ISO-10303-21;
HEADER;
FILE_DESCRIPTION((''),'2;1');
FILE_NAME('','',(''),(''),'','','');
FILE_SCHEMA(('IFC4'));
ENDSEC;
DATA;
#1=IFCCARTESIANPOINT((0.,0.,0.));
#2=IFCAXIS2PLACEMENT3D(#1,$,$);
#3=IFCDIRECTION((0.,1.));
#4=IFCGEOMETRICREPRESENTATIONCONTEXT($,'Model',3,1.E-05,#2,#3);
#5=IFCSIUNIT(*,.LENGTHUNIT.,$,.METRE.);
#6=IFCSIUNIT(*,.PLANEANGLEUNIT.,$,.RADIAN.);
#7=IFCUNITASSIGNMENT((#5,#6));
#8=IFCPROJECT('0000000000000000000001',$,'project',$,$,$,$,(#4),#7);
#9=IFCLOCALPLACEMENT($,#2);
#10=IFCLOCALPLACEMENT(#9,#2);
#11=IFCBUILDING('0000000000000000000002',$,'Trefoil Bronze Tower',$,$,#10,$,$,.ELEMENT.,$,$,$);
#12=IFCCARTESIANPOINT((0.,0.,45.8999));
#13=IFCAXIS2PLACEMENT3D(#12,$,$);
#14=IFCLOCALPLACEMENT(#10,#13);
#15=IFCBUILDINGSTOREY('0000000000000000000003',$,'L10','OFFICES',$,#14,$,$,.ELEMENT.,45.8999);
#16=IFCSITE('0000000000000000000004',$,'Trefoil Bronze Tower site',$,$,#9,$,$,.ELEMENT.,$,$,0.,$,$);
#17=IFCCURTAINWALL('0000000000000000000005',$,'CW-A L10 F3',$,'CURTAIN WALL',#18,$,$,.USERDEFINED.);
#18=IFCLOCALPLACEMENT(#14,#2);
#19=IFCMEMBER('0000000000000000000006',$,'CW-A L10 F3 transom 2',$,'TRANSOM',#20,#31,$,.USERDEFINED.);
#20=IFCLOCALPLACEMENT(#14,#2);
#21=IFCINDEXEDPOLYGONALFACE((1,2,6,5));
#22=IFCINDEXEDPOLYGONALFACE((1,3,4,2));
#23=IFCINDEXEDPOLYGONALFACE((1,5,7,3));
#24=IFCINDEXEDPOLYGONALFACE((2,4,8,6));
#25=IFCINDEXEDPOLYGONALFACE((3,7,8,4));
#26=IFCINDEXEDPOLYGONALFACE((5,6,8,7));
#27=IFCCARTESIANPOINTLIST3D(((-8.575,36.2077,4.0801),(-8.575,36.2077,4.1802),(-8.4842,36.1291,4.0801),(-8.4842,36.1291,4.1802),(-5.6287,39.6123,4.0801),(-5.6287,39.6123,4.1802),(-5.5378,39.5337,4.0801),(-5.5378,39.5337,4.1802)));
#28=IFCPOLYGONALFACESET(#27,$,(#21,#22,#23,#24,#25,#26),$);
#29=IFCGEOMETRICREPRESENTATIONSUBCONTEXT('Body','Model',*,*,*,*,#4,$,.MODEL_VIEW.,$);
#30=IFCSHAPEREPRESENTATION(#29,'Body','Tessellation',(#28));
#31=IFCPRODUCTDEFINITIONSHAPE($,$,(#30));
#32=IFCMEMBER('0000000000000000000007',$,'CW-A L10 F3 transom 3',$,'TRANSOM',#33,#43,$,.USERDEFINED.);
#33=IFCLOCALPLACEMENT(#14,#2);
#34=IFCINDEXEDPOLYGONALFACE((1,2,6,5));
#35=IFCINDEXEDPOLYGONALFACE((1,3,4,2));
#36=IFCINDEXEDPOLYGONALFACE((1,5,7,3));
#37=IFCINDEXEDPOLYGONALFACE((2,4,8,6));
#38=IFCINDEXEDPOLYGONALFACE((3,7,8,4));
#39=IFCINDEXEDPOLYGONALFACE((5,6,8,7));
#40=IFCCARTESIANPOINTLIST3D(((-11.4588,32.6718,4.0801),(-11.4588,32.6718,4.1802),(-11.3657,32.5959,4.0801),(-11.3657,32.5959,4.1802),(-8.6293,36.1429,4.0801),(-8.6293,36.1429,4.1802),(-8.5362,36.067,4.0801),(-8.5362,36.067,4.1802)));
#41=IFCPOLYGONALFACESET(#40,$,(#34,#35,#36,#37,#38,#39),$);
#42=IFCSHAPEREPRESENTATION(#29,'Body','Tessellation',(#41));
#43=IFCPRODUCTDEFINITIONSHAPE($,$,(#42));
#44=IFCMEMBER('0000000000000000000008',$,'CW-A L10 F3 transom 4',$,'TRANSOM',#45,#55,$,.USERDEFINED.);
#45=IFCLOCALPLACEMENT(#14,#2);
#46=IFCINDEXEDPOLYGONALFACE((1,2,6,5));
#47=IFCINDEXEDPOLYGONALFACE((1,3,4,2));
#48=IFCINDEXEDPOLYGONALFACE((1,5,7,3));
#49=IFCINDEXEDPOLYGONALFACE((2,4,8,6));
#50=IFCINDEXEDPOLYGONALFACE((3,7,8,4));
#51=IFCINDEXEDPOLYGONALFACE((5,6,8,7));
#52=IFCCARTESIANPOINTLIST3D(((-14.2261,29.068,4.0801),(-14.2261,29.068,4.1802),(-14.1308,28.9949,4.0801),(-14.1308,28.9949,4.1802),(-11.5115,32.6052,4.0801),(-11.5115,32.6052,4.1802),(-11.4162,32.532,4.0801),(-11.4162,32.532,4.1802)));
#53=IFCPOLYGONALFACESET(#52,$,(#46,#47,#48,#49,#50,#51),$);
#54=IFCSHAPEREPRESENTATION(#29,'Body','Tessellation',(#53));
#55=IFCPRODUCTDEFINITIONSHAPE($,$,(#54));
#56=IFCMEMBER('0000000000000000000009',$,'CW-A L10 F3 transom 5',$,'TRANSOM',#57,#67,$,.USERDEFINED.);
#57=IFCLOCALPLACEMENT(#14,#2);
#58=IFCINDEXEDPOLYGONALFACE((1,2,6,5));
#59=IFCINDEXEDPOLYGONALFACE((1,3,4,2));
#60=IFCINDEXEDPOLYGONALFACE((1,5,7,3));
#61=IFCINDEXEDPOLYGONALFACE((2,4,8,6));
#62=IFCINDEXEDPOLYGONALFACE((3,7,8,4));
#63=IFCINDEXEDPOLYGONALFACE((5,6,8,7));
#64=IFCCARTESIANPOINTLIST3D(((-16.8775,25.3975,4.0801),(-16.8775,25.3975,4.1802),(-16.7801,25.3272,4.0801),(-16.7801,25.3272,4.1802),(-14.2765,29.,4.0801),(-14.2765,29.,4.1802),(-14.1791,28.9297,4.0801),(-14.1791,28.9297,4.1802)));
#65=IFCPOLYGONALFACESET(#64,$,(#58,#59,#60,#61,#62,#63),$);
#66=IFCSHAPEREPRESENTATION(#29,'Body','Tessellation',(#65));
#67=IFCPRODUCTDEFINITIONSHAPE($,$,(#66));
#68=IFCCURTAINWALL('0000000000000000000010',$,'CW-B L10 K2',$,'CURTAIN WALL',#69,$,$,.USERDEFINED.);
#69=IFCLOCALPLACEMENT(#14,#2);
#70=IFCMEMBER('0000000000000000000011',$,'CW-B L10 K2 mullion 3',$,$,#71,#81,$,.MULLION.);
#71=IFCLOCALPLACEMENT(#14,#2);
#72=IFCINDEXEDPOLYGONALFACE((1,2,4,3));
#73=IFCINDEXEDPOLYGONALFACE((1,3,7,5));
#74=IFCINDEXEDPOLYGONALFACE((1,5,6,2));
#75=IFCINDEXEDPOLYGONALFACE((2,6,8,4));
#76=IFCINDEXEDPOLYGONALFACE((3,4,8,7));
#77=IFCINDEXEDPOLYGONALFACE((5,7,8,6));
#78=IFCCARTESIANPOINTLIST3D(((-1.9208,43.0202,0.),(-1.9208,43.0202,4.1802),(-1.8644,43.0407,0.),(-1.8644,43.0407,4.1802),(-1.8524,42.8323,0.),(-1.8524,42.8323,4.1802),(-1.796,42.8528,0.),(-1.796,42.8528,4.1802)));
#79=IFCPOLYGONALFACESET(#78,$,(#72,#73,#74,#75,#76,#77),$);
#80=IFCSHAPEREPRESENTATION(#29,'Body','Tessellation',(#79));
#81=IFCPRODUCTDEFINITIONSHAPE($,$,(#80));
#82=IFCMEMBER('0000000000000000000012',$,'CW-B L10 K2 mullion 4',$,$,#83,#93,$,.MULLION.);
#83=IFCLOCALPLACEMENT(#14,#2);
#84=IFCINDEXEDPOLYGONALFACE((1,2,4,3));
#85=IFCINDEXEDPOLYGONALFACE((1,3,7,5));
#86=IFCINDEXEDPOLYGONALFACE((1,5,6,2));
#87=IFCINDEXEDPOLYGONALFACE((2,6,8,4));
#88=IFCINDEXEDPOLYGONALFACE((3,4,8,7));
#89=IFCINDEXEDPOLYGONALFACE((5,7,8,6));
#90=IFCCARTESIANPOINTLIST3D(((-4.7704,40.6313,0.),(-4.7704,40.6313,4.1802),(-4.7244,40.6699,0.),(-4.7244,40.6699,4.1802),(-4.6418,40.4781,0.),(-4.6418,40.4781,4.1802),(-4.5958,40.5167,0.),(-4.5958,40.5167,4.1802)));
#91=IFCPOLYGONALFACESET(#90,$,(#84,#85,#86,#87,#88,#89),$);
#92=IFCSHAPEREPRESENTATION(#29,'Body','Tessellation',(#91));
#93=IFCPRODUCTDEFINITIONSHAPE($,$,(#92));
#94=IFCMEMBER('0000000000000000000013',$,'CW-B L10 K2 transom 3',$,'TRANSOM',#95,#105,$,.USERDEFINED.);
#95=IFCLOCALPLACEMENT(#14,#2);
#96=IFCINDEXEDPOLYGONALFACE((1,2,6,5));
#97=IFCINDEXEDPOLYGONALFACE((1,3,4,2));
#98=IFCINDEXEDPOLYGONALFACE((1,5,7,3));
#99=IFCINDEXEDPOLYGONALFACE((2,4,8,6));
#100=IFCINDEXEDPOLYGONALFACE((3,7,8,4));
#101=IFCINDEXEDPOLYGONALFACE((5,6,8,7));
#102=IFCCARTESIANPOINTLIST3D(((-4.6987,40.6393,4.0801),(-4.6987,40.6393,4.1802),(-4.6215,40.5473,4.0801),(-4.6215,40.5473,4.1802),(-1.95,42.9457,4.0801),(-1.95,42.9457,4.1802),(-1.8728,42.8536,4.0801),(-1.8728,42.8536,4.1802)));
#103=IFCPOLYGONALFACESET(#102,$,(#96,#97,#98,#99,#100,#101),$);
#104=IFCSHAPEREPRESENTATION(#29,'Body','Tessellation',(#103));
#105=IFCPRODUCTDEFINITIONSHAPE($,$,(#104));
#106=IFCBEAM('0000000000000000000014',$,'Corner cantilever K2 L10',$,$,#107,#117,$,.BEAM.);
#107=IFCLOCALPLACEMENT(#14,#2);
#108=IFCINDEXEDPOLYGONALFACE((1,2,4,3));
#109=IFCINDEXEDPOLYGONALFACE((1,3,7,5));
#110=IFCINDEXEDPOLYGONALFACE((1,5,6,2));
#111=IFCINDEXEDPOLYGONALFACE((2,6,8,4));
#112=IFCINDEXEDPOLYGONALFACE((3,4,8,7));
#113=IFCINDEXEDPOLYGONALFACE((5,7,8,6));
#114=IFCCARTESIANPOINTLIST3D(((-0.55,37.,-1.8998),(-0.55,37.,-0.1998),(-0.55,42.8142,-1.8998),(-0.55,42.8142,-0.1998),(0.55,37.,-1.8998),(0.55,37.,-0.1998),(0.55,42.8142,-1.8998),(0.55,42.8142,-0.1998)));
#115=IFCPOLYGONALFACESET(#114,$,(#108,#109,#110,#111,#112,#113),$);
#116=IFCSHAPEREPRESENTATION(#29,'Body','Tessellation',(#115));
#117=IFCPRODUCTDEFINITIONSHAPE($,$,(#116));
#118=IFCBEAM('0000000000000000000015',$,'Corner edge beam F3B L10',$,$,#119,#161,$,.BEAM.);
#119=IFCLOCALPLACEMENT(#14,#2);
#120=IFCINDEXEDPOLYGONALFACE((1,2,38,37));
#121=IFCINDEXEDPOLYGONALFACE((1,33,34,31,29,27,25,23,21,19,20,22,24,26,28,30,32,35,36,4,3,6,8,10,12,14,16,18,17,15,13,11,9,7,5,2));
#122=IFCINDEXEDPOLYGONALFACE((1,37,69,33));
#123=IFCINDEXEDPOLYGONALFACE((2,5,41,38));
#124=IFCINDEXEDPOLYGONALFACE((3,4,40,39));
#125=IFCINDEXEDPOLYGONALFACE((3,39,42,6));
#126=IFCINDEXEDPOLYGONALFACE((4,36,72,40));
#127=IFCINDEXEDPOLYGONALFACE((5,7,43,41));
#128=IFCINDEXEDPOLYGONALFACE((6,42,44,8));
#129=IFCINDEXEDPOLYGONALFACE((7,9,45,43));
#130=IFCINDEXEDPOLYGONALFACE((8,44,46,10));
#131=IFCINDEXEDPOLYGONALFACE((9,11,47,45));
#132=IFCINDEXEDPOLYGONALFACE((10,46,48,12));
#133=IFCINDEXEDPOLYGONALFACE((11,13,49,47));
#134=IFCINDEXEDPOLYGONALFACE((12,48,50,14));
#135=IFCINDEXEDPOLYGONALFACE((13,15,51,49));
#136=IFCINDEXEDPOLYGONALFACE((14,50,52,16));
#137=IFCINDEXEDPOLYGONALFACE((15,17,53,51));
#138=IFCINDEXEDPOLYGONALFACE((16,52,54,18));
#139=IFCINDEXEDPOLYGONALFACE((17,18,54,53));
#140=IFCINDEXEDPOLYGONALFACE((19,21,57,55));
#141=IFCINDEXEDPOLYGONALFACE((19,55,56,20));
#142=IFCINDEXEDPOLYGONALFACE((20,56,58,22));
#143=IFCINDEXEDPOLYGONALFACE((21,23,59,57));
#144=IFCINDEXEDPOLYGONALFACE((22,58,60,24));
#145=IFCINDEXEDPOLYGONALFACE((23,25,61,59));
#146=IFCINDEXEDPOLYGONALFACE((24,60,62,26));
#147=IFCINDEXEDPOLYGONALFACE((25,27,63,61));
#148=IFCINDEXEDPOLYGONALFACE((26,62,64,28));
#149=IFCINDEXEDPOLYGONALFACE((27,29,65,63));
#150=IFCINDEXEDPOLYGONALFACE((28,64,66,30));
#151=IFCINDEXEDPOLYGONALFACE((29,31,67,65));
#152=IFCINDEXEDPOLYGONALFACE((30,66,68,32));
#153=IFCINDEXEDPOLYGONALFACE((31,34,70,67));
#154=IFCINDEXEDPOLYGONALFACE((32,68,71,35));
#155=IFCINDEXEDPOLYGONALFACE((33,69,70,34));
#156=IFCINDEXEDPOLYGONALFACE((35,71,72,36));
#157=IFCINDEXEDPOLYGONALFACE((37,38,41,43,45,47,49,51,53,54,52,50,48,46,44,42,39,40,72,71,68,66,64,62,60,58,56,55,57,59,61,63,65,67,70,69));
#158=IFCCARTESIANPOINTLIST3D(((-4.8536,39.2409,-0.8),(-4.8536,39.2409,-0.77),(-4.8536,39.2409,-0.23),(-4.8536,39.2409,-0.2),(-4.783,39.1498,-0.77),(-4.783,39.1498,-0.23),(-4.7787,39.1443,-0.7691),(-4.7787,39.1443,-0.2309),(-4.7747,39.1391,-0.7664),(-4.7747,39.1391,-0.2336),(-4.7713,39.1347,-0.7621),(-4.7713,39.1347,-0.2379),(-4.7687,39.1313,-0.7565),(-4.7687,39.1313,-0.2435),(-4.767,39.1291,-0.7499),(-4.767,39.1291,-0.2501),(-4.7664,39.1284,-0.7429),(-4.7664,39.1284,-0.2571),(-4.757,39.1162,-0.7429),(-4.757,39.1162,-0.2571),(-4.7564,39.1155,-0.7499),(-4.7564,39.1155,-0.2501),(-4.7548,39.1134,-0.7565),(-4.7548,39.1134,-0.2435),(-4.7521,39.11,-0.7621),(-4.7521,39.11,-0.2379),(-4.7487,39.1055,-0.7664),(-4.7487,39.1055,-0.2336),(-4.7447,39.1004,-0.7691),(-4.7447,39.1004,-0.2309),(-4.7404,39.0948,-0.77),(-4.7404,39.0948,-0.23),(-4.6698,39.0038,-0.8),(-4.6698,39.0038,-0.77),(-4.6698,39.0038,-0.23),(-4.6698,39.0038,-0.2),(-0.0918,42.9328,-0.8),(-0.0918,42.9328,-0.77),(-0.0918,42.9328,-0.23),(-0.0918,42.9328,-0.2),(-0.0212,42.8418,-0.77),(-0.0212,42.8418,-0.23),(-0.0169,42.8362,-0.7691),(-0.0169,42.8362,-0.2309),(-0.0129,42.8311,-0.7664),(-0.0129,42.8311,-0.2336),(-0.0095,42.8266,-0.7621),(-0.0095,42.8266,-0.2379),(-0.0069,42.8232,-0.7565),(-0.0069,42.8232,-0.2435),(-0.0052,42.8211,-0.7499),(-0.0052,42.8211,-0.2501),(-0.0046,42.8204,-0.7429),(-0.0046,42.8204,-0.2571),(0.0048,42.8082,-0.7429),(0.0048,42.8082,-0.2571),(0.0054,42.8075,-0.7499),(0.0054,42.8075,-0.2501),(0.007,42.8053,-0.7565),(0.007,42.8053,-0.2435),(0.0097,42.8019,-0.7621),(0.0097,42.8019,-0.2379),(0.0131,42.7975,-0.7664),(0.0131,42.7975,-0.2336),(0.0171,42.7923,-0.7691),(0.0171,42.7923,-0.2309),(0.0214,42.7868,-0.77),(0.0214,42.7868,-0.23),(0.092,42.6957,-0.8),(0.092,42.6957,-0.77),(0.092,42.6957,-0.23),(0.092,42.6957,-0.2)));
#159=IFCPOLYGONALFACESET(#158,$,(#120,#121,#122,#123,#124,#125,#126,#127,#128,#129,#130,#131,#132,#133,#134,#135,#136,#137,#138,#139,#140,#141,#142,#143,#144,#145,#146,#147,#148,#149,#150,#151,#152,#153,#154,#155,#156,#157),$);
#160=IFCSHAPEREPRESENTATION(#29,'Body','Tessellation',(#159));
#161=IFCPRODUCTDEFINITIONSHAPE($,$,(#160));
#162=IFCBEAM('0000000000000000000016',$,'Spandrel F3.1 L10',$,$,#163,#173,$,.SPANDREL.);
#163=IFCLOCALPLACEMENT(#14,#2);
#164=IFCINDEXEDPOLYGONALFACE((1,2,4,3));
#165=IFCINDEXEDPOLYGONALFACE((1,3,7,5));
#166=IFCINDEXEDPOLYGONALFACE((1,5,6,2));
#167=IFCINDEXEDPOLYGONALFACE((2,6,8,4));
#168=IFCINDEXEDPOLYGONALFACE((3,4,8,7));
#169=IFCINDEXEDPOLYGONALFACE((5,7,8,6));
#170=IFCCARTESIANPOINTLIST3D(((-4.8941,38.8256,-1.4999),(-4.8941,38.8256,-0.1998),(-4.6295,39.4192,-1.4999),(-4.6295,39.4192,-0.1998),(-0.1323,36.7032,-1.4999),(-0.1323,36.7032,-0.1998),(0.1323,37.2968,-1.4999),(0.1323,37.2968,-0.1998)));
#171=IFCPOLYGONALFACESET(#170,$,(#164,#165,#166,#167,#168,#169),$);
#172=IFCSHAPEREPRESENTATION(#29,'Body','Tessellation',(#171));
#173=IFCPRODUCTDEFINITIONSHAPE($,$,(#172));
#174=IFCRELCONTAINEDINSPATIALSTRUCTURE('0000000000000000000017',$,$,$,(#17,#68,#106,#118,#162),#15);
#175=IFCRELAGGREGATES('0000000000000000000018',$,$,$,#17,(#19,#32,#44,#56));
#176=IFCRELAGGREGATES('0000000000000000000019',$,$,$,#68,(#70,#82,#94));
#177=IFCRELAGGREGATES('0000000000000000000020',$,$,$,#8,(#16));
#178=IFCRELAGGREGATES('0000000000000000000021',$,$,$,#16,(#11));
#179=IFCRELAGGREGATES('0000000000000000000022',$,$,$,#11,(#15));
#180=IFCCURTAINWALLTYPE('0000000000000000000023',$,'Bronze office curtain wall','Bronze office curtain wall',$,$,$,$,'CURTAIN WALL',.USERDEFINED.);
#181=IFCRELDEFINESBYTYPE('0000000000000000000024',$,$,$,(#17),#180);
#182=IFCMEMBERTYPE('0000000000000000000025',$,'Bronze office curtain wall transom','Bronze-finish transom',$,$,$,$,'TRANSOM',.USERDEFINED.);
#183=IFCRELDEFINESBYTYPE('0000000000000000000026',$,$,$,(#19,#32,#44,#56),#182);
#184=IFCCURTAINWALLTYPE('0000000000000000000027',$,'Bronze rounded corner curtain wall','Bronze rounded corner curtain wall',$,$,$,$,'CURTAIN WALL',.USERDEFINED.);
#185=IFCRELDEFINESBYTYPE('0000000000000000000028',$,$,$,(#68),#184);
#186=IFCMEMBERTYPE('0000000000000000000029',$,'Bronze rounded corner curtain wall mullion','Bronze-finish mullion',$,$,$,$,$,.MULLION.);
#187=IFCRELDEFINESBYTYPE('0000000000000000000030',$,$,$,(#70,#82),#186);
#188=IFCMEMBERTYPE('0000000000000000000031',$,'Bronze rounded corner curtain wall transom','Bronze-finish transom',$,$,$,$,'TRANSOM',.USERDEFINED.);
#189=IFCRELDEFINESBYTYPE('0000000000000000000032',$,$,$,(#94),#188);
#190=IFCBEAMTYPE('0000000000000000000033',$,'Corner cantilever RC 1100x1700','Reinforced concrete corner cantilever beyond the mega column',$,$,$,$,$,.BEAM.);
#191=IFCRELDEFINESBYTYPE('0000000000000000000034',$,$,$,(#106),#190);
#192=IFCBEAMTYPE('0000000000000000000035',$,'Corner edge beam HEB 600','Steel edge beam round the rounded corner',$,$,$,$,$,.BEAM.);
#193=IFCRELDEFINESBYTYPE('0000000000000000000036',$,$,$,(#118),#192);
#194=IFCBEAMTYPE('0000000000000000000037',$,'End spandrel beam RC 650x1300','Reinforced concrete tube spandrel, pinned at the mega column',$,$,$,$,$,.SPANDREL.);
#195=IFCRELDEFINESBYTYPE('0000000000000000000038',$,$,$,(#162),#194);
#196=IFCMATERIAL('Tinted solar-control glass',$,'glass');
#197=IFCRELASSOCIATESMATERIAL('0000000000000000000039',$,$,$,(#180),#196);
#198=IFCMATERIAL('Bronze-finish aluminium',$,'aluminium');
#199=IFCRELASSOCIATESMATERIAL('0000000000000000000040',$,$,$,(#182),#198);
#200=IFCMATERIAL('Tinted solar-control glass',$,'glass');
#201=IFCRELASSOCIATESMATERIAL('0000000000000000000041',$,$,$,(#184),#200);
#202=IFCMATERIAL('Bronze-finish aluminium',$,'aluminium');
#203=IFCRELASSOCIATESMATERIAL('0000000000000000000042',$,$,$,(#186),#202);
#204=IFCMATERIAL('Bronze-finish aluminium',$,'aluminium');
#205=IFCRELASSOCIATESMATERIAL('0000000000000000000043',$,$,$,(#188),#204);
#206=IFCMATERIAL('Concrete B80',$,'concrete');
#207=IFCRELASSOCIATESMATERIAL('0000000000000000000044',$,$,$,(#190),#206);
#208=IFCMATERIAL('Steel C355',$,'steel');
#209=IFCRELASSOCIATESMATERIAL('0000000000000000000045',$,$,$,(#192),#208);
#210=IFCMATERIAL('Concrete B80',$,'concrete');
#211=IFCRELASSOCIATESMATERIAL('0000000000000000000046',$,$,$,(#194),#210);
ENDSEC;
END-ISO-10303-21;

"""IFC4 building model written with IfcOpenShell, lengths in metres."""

from ifc_helpers import new_model, si_unit, direction, frame, origin, origin_2d, place, context, subcontext, project, spatial, rectangle, i_section, extrude, material, material_profile, profile_set, type_object, element, aggregate, save


model = new_model("IFC4")

# Units and contexts
model_context = context("Model", 3, precision=1e-05, world=origin(), true_north=direction((0.0, 1.0)))
body_context = subcontext(model_context, "Body", "Model", "MODEL_VIEW")
ifc_project = project(units=[si_unit("LENGTHUNIT", "METRE"), si_unit("PLANEANGLEUNIT", "RADIAN")], contexts=[model_context])

# Site, building, storey
site_placement = place(None, origin())
site = spatial("IfcSite", under=ifc_project, at=site_placement, Name="Trefoil Bronze Tower site", CompositionType="ELEMENT", RefElevation=0.0)
building_placement = place(site_placement, origin())
building = spatial("IfcBuilding", under=site, at=building_placement, Name="Trefoil Bronze Tower", CompositionType="ELEMENT")
storey_placement = place(building_placement, frame((0.0, 0.0, 45.8999)))
storey = spatial("IfcBuildingStorey", under=building, at=storey_placement, Name="L10", Description="OFFICES", CompositionType="ELEMENT", Elevation=45.8999)

# Curtain walls, members
ifc_material_1 = material(Name="Tinted solar-control glass", Category="glass")
curtain_wall_type_1 = type_object("IfcCurtainWallType", Name="Bronze office curtain wall", Description="Bronze office curtain wall", ElementType="CURTAIN WALL", PredefinedType="USERDEFINED", material=ifc_material_1)
curtain_wall_1_placement = place(storey_placement, origin())
curtain_wall_1 = element("IfcCurtainWall", 1, at=curtain_wall_1_placement, inside=storey, type_object=curtain_wall_type_1, Name="CW-A L10 F3", ObjectType="CURTAIN WALL", PredefinedType="USERDEFINED")
ifc_material_2 = material(Name="Bronze-finish aluminium", Category="aluminium")
ifc_material_profile_1 = material_profile(ifc_material_2, rectangle(XDim=0.1201, YDim=0.1001, at=origin_2d()), Name="CW-A transom")
ifc_profile_set_1 = profile_set([ifc_material_profile_1], Name="Bronze-finish aluminium")
member_type_1 = type_object("IfcMemberType", Name="Bronze office curtain wall transom", Description="Bronze-finish transom", ElementType="TRANSOM", PredefinedType="USERDEFINED", material=ifc_profile_set_1)
member_1_placement = place(storey_placement, frame((-5.5833, 39.573, 4.1301), z_axis=(-0.654383, -0.756163, 0.0), x_axis=(0.756163, -0.654383, 0.0)))
member_1 = element("IfcMember", 2, at=member_1_placement, type_object=member_type_1, Name="CW-A L10 F3 transom 2", ObjectType="TRANSOM", PredefinedType="USERDEFINED", context=body_context, shape_type="SweptSolid", body=[
    extrude(rectangle(XDim=0.1201, YDim=0.1001, at=origin_2d()), origin(), (0.0, 0.0, 1.0), 4.5024),
])
member_2_placement = place(storey_placement, frame((-8.5828, 36.105, 4.1301), z_axis=(-0.631836, -0.775102, 0.0), x_axis=(0.775102, -0.631836, 0.0)))
member_2 = element("IfcMember", 3, at=member_2_placement, type_object=member_type_1, Name="CW-A L10 F3 transom 3", ObjectType="TRANSOM", PredefinedType="USERDEFINED", context=body_context, shape_type="SweptSolid", body=[
    extrude(rectangle(XDim=0.1201, YDim=0.1001, at=origin_2d()), origin(), (0.0, 0.0, 1.0), 4.4783),
])
member_3_placement = place(storey_placement, frame((-11.4639, 32.5686, 4.1301), z_axis=(-0.608829, -0.793301, 0.0), x_axis=(0.793301, -0.608829, 0.0)))
member_3 = element("IfcMember", 4, at=member_3_placement, type_object=member_type_1, Name="CW-A L10 F3 transom 4", ObjectType="TRANSOM", PredefinedType="USERDEFINED", context=body_context, shape_type="SweptSolid", body=[
    extrude(rectangle(XDim=0.1201, YDim=0.1001, at=origin_2d()), origin(), (0.0, 0.0, 1.0), 4.4587),
])
member_4_placement = place(storey_placement, frame((-14.2278, 28.9648, 4.1301), z_axis=(-0.585378, -0.81076, 0.0), x_axis=(0.81076, -0.585378, 0.0)))
member_4 = element("IfcMember", 5, at=member_4_placement, type_object=member_type_1, Name="CW-A L10 F3 transom 5", ObjectType="TRANSOM", PredefinedType="USERDEFINED", context=body_context, shape_type="SweptSolid", body=[
    extrude(rectangle(XDim=0.1201, YDim=0.1001, at=origin_2d()), origin(), (0.0, 0.0, 1.0), 4.4434),
])
ifc_material_3 = material(Name="Tinted solar-control glass", Category="glass")
curtain_wall_type_2 = type_object("IfcCurtainWallType", Name="Bronze rounded corner curtain wall", Description="Bronze rounded corner curtain wall", ElementType="CURTAIN WALL", PredefinedType="USERDEFINED", material=ifc_material_3)
curtain_wall_2_placement = place(storey_placement, origin())
curtain_wall_2 = element("IfcCurtainWall", 6, at=curtain_wall_2_placement, inside=storey, type_object=curtain_wall_type_2, Name="CW-B L10 K2", ObjectType="CURTAIN WALL", PredefinedType="USERDEFINED")
ifc_material_4 = material(Name="Bronze-finish aluminium", Category="aluminium")
ifc_material_profile_2 = material_profile(ifc_material_4, rectangle(XDim=0.2, YDim=0.0601, at=origin_2d()), Name="CW-B mullion")
ifc_profile_set_2 = profile_set([ifc_material_profile_2], Name="Bronze-finish aluminium")
member_type_2 = type_object("IfcMemberType", Name="Bronze rounded corner curtain wall mullion", Description="Bronze-finish mullion", PredefinedType="MULLION", material=ifc_profile_set_2)
member_5_placement = place(storey_placement, frame((-1.8584, 42.9365, 0.0), z_axis=(0.0, 0.0, 1.0), x_axis=(0.34202, -0.939693, 0.0)))
member_5 = element("IfcMember", 7, at=member_5_placement, type_object=member_type_2, Name="CW-B L10 K2 mullion 3", PredefinedType="MULLION", context=body_context, shape_type="SweptSolid", body=[
    extrude(rectangle(XDim=0.2, YDim=0.0601, at=origin_2d()), origin(), (0.0, 0.0, 1.0), 4.1802),
])
member_6_placement = place(storey_placement, frame((-4.6831, 40.574, 0.0), z_axis=(0.0, 0.0, 1.0), x_axis=(0.642788, -0.766044, 0.0)))
member_6 = element("IfcMember", 8, at=member_6_placement, type_object=member_type_2, Name="CW-B L10 K2 mullion 4", PredefinedType="MULLION", context=body_context, shape_type="SweptSolid", body=[
    extrude(rectangle(XDim=0.2, YDim=0.0601, at=origin_2d()), origin(), (0.0, 0.0, 1.0), 4.1802),
])
ifc_material_5 = material(Name="Bronze-finish aluminium", Category="aluminium")
ifc_material_profile_3 = material_profile(ifc_material_5, rectangle(XDim=0.1201, YDim=0.1001, at=origin_2d()), Name="CW-B transom")
ifc_profile_set_3 = profile_set([ifc_material_profile_3], Name="Bronze-finish aluminium")
member_type_3 = type_object("IfcMemberType", Name="Bronze rounded corner curtain wall transom", Description="Bronze-finish transom", ElementType="TRANSOM", PredefinedType="USERDEFINED", material=ifc_profile_set_3)
member_7_placement = place(storey_placement, frame((-1.9114, 42.8997, 4.1301), z_axis=(-0.766059, -0.642771, 0.0), x_axis=(0.642771, -0.766059, 0.0)))
member_7 = element("IfcMember", 9, at=member_7_placement, type_object=member_type_3, Name="CW-B L10 K2 transom 3", ObjectType="TRANSOM", PredefinedType="USERDEFINED", context=body_context, shape_type="SweptSolid", body=[
    extrude(rectangle(XDim=0.1201, YDim=0.1001, at=origin_2d()), origin(), (0.0, 0.0, 1.0), 3.5881),
])

# Beams
ifc_material_6 = material(Name="Concrete B80", Category="concrete")
ifc_material_profile_4 = material_profile(ifc_material_6, rectangle(XDim=1.1001, YDim=1.7, at=origin_2d()), Name="RC 1100x1700")
ifc_profile_set_4 = profile_set([ifc_material_profile_4], Name="Concrete B80")
beam_type_1 = type_object("IfcBeamType", Name="Corner cantilever RC 1100x1700", Description="Reinforced concrete corner cantilever beyond the mega column", PredefinedType="BEAM", material=ifc_profile_set_4)
beam_1_placement = place(storey_placement, frame((0.0, 37.0, -1.0498), z_axis=(0.0, 1.0, 0.0), x_axis=(-1.0, 0.0, 0.0)))
element("IfcBeam", 10, at=beam_1_placement, inside=storey, type_object=beam_type_1, Name="Corner cantilever K2 L10", PredefinedType="BEAM", context=body_context, shape_type="SweptSolid", body=[
    extrude(rectangle(XDim=1.1001, YDim=1.7, at=origin_2d()), origin(), (0.0, 0.0, 1.0), 5.8142),
])
ifc_material_7 = material(Name="Steel C355", Category="steel")
ifc_material_profile_5 = material_profile(ifc_material_7, i_section(OverallWidth=0.3, OverallDepth=0.6001, WebThickness=0.0154, FlangeThickness=0.03, FilletRadius=0.0271, at=origin_2d()), Name="HEB 600")
ifc_profile_set_5 = profile_set([ifc_material_profile_5], Name="Steel C355")
beam_type_2 = type_object("IfcBeamType", Name="Corner edge beam HEB 600", Description="Steel edge beam round the rounded corner", PredefinedType="BEAM", material=ifc_profile_set_5)
beam_2_placement = place(storey_placement, frame((-4.7617, 39.1223, -0.5), z_axis=(0.790289, 0.612734, 0.0), x_axis=(-0.612734, 0.790289, 0.0)))
element("IfcBeam", 11, at=beam_2_placement, inside=storey, type_object=beam_type_2, Name="Corner edge beam F3B L10", PredefinedType="BEAM", context=body_context, shape_type="SweptSolid", body=[
    extrude(i_section(OverallWidth=0.3, OverallDepth=0.6001, WebThickness=0.0154, FlangeThickness=0.03, FilletRadius=0.0271, at=origin_2d()), origin(), (0.0, 0.0, 1.0), 6.0254),
])
ifc_material_8 = material(Name="Concrete B80", Category="concrete")
ifc_material_profile_6 = material_profile(ifc_material_8, rectangle(XDim=0.6499, YDim=1.3, at=origin_2d()), Name="RC 650x1300")
ifc_profile_set_6 = profile_set([ifc_material_profile_6], Name="Concrete B80")
beam_type_3 = type_object("IfcBeamType", Name="End spandrel beam RC 650x1300", Description="Reinforced concrete tube spandrel, pinned at the mega column", PredefinedType="SPANDREL", material=ifc_profile_set_6)
beam_3_placement = place(storey_placement, frame((0.0, 37.0, -0.8499), z_axis=(-0.913384, 0.407099, 0.0), x_axis=(-0.407099, -0.913384, 0.0)))
element("IfcBeam", 12, at=beam_3_placement, inside=storey, type_object=beam_type_3, Name="Spandrel F3.1 L10", PredefinedType="SPANDREL", context=body_context, shape_type="SweptSolid", body=[
    extrude(rectangle(XDim=0.6499, YDim=1.3, at=origin_2d()), origin(), (0.0, 0.0, 1.0), 5.2134),
])

aggregate(curtain_wall_1, [member_1, member_2, member_3, member_4])
aggregate(curtain_wall_2, [member_5, member_6, member_7])

save(model, "model.ifc")
